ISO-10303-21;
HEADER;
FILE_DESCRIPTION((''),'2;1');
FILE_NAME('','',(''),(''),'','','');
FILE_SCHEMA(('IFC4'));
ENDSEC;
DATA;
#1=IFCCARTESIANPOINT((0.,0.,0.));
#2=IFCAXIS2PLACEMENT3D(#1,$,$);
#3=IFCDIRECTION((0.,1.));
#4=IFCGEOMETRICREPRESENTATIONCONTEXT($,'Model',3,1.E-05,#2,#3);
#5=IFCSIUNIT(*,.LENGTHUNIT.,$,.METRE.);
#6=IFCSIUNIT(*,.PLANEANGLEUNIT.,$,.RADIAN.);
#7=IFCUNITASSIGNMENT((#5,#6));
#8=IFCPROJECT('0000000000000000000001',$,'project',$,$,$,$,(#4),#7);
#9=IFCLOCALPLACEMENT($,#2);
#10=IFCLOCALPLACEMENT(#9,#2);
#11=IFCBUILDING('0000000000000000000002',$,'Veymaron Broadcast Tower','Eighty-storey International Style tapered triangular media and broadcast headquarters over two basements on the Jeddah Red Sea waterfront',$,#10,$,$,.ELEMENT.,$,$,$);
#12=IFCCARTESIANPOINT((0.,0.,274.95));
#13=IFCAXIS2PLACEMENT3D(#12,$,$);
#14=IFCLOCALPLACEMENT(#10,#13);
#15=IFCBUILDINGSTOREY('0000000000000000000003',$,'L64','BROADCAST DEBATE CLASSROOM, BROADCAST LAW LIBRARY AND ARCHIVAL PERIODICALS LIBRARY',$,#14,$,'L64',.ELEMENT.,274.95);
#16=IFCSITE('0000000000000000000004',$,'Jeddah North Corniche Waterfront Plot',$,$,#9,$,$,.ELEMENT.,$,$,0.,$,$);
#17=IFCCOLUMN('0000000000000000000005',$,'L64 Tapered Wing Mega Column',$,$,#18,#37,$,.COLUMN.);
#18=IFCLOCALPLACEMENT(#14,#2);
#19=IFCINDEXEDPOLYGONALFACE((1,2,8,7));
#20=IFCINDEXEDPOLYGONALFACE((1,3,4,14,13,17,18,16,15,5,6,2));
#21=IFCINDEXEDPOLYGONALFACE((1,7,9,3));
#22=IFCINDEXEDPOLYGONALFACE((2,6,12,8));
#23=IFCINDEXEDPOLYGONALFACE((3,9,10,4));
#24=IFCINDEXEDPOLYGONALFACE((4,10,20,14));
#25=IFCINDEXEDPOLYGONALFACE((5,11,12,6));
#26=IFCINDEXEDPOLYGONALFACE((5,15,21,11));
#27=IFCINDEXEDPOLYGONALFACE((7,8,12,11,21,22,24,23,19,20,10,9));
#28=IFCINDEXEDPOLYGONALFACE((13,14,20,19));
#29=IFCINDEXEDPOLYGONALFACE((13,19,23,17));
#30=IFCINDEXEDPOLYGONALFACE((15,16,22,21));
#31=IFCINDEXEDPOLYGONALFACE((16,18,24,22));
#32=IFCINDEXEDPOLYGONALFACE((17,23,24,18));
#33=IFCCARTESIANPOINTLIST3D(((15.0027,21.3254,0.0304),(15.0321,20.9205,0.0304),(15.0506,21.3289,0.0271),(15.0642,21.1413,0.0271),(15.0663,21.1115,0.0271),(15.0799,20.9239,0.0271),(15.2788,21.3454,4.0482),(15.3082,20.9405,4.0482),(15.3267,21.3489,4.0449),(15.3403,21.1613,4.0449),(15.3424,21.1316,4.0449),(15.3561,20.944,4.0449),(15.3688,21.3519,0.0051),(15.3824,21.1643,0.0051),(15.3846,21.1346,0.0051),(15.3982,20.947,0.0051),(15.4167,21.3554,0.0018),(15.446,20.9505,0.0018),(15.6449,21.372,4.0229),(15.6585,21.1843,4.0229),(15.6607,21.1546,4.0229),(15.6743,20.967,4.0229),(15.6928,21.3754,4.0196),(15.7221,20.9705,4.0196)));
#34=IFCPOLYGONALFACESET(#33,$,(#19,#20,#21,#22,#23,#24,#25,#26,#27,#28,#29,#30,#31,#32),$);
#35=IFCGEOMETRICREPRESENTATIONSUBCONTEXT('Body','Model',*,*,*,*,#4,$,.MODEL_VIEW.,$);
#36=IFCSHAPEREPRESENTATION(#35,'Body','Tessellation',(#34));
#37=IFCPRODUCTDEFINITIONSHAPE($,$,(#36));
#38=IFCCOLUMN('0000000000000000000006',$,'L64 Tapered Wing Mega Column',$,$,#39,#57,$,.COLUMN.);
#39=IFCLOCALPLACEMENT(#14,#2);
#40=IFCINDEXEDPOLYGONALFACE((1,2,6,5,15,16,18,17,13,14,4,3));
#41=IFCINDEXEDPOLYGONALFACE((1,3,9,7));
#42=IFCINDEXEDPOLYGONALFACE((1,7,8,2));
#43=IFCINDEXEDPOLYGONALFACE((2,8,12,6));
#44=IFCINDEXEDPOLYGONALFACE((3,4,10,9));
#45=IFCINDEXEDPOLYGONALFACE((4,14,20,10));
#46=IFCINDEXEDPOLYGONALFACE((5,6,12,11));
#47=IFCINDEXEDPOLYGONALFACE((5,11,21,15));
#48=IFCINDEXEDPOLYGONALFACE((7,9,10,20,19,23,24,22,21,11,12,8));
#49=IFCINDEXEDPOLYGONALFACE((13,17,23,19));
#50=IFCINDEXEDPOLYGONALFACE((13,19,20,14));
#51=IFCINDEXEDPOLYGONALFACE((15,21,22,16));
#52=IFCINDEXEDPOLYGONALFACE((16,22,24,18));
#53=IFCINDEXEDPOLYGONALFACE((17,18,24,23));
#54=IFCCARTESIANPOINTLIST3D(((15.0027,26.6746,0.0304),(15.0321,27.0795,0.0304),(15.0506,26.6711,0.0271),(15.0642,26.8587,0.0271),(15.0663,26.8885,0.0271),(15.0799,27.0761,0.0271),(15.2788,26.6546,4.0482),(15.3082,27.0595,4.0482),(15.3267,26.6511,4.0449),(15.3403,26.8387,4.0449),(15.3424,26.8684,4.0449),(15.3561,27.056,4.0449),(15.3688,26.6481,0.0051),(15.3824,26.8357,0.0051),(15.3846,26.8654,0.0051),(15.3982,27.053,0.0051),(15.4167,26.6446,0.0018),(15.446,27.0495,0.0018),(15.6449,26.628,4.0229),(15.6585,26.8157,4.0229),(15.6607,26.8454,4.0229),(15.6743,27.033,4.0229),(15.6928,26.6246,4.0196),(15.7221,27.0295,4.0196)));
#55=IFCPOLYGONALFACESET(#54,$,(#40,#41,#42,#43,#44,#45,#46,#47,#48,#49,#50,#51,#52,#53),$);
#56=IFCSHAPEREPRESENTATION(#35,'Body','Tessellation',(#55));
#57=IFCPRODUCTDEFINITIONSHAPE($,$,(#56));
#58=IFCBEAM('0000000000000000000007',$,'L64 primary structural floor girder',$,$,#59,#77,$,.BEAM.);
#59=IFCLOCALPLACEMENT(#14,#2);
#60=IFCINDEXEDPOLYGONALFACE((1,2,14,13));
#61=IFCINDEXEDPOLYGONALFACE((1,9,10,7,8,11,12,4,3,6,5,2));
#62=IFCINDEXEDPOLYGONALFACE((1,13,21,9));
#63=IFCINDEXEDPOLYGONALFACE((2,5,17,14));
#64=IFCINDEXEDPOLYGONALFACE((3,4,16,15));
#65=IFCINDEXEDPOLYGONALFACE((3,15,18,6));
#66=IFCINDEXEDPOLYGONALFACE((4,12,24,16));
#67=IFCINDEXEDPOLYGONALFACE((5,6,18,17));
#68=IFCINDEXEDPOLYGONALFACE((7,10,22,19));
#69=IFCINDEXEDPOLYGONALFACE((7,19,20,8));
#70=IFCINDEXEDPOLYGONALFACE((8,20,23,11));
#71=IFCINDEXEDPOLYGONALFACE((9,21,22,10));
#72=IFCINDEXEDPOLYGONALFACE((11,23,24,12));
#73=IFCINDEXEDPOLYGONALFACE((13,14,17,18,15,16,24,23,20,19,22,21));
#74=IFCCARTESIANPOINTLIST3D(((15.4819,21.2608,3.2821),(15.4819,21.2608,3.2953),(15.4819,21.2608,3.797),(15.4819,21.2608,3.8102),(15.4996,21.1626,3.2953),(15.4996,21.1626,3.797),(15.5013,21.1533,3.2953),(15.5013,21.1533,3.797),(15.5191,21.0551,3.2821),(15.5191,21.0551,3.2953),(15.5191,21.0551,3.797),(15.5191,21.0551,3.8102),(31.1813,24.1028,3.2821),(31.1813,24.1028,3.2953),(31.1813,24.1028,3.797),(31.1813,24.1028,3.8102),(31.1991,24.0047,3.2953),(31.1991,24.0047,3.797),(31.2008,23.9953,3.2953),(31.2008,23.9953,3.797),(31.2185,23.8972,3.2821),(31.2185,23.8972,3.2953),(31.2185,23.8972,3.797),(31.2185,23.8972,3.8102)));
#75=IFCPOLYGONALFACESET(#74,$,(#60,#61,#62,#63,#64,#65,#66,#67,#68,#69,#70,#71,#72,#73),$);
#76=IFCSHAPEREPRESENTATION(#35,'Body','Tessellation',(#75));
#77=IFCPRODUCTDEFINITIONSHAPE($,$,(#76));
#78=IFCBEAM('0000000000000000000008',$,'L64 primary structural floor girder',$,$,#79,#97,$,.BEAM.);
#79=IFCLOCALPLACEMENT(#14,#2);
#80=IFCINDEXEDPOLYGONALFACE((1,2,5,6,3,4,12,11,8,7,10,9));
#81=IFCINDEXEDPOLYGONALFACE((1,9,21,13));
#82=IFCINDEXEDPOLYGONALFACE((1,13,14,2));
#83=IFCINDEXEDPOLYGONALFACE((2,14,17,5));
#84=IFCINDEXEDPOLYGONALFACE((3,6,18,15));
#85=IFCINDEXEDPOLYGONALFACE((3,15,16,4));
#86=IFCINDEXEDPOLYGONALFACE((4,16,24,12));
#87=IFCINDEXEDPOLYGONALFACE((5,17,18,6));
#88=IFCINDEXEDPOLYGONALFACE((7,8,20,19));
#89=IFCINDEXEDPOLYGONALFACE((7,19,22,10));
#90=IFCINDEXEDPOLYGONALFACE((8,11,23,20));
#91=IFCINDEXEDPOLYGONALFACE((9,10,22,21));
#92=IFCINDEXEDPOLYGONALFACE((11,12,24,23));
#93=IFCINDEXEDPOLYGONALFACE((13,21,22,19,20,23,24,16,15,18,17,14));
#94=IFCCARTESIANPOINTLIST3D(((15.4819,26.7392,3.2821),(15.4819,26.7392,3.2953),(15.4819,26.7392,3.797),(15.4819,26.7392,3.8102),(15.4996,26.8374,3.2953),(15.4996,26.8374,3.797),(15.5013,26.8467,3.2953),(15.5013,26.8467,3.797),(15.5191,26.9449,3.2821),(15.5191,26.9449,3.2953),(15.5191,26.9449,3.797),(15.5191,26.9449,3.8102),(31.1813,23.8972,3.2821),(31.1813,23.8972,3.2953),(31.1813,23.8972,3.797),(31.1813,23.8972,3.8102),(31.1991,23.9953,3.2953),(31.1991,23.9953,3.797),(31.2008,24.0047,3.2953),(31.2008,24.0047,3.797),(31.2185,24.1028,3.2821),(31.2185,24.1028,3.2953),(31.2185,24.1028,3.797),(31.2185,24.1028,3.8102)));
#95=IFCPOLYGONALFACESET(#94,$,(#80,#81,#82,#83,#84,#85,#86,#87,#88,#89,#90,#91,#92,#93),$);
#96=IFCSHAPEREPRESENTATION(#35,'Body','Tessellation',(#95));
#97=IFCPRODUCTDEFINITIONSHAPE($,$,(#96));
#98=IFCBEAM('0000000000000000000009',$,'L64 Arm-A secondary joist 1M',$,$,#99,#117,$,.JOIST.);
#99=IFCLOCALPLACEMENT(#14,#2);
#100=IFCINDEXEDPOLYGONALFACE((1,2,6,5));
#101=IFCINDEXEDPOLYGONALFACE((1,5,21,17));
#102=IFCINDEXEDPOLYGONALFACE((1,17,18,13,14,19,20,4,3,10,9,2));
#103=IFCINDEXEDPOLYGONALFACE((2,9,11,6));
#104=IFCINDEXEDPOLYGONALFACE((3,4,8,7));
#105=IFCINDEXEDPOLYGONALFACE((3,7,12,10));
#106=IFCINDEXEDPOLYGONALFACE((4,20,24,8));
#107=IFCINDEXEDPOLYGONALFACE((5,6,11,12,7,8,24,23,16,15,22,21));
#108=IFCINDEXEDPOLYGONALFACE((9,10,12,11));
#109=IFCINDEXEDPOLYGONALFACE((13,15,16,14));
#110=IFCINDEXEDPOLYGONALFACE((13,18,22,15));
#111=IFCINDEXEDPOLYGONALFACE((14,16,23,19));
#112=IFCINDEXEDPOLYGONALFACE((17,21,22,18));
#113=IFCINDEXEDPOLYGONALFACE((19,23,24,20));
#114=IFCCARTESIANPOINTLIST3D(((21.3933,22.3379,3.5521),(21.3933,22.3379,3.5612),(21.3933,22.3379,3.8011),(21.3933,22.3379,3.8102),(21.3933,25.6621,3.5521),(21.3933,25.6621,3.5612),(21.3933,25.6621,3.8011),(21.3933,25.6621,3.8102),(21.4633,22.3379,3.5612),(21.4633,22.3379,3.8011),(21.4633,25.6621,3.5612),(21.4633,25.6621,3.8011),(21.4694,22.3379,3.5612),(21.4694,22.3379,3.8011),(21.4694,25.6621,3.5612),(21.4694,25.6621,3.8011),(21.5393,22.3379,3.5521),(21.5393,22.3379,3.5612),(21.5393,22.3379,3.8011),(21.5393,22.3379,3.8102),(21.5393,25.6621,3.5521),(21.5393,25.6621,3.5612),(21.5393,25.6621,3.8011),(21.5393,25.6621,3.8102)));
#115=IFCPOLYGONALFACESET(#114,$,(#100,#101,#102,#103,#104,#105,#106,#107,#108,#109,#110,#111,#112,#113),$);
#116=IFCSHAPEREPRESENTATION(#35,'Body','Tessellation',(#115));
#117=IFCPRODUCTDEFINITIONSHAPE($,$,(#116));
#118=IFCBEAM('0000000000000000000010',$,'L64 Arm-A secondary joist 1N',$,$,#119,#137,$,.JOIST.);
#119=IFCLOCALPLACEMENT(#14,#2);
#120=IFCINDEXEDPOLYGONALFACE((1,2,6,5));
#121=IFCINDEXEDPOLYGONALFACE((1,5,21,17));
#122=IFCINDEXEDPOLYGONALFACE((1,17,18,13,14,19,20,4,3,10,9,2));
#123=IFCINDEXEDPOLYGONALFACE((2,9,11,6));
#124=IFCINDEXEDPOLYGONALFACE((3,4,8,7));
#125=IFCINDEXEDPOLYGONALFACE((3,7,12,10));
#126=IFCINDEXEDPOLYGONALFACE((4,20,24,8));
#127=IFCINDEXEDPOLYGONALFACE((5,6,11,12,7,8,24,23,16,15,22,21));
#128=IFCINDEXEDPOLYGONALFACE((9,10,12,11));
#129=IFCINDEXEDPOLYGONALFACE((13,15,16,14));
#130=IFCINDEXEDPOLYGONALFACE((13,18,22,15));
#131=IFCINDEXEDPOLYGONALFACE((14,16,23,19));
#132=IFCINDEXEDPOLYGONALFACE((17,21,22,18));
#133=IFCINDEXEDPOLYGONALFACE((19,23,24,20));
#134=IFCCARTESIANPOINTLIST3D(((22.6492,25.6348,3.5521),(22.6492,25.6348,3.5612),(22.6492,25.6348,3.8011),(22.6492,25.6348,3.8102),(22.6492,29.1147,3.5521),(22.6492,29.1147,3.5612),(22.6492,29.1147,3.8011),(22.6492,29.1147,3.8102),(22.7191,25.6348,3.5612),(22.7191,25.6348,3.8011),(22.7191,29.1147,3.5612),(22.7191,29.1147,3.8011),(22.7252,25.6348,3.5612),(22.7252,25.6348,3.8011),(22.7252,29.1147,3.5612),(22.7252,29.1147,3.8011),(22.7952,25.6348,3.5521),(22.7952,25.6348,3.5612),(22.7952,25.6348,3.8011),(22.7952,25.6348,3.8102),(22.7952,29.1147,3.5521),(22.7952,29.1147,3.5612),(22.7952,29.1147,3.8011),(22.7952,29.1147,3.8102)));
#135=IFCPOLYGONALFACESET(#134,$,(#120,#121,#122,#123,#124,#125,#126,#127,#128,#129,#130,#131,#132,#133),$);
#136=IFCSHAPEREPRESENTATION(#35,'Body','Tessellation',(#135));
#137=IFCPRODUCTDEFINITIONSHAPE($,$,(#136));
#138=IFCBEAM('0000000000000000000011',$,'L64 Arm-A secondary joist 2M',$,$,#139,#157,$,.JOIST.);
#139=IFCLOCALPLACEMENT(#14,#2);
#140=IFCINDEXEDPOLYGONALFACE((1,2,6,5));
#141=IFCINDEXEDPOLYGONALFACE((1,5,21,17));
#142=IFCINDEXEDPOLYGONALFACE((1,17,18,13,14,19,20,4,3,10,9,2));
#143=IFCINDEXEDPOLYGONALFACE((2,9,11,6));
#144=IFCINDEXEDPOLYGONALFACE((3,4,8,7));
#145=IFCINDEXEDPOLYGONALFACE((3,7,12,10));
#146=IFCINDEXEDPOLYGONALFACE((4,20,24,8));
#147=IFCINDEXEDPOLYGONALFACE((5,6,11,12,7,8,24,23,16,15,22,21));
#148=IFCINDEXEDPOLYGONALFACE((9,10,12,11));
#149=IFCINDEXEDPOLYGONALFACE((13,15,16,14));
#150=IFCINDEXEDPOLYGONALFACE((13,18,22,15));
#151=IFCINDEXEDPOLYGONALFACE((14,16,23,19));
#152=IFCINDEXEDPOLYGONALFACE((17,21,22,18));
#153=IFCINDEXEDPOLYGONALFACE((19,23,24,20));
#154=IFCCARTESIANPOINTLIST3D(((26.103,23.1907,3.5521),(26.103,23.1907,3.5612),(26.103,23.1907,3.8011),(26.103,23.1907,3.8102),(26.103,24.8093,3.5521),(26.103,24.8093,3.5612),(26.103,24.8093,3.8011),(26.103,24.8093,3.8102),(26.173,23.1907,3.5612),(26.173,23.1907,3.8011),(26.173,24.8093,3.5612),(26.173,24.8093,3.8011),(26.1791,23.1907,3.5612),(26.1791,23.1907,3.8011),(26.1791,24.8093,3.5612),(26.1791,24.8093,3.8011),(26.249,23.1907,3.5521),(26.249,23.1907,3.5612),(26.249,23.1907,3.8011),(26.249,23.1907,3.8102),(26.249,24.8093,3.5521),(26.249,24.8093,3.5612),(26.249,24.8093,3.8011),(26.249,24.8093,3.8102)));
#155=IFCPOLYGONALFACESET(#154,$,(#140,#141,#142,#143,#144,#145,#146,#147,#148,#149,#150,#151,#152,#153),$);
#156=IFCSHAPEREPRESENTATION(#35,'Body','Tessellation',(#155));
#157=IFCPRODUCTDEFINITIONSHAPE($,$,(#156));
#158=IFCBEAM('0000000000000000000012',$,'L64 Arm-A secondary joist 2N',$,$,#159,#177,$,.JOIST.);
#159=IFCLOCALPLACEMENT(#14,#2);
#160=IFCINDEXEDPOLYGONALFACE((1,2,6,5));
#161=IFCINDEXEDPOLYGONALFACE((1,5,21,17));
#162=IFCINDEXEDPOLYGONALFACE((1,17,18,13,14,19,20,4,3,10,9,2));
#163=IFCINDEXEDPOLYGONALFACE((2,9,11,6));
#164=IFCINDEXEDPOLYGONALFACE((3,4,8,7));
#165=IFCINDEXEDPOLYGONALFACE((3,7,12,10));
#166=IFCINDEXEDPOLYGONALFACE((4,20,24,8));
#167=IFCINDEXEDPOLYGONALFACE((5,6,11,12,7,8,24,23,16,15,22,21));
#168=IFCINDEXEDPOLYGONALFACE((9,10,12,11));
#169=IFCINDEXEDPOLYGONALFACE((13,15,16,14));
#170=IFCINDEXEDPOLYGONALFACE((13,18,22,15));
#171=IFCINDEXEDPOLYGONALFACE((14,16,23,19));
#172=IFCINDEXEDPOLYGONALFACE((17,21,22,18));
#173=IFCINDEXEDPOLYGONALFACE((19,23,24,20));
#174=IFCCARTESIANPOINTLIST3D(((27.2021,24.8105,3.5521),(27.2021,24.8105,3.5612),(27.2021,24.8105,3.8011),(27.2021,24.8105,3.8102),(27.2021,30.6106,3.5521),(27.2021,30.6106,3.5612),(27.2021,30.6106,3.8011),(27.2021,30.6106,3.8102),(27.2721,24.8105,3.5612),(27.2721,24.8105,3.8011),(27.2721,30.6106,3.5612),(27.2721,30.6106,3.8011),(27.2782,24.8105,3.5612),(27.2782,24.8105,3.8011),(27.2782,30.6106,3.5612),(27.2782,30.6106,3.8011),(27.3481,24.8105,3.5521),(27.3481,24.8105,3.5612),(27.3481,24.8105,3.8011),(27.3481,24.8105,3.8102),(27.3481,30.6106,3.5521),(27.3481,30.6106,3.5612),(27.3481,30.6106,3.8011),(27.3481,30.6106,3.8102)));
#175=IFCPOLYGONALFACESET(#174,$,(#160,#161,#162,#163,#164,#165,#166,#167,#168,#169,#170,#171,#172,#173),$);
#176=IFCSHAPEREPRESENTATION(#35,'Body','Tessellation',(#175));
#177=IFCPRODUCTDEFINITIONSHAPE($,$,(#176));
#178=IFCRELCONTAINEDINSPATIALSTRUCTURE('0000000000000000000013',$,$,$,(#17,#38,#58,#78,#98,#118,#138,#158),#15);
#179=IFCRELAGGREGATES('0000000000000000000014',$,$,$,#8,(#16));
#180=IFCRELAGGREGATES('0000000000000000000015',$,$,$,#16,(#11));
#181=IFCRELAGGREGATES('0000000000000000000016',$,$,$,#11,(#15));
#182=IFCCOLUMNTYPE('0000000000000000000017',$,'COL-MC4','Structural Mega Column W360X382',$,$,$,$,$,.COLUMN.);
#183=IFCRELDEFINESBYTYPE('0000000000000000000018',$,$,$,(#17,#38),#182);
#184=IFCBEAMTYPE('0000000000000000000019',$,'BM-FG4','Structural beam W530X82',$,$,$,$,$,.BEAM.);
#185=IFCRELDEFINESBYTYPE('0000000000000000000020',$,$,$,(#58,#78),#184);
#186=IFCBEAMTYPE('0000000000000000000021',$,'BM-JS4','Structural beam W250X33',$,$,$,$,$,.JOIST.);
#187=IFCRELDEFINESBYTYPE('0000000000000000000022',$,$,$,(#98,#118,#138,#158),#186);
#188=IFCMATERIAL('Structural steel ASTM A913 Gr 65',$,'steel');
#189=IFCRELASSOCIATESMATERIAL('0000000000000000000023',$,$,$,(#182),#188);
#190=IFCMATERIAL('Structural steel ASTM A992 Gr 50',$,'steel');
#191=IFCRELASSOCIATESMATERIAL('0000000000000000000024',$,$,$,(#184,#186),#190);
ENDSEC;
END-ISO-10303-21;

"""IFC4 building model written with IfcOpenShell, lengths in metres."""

from ifc_helpers import new_model, si_unit, direction, frame, origin, origin_2d, place, context, subcontext, project, spatial, i_section, extrude, material, material_profile, profile_set, type_object, element, save


model = new_model("IFC4")

# Units and contexts
model_context = context("Model", 3, precision=1e-05, world=origin(), true_north=direction((0.0, 1.0)))
body_context = subcontext(model_context, "Body", "Model", "MODEL_VIEW")
ifc_project = project(units=[si_unit("LENGTHUNIT", "METRE"), si_unit("PLANEANGLEUNIT", "RADIAN")], contexts=[model_context])

# Site, building, storey
site_placement = place(None, origin())
site = spatial("IfcSite", under=ifc_project, at=site_placement, Name="Jeddah North Corniche Waterfront Plot", CompositionType="ELEMENT", RefElevation=0.0)
building_placement = place(site_placement, origin())
building = spatial("IfcBuilding", under=site, at=building_placement, Name="Veymaron Broadcast Tower", Description="Eighty-storey International Style tapered triangular media and broadcast headquarters over two basements on the Jeddah Red Sea waterfront", CompositionType="ELEMENT")
storey_placement = place(building_placement, frame((0.0, 0.0, 274.95)))
storey = spatial("IfcBuildingStorey", under=building, at=storey_placement, Name="L64", Description="BROADCAST DEBATE CLASSROOM, BROADCAST LAW LIBRARY AND ARCHIVAL PERIODICALS LIBRARY", LongName="L64", CompositionType="ELEMENT", Elevation=274.95)

# Columns
ifc_material_1 = material(Name="Structural steel ASTM A913 Gr 65", Category="steel")
ifc_material_profile_1 = material_profile(ifc_material_1, i_section(OverallWidth=0.406, OverallDepth=0.416, WebThickness=0.0298, FlangeThickness=0.0481, at=origin_2d()), Name="W360X382")
ifc_profile_set_1 = profile_set([ifc_material_profile_1], Name="Structural steel ASTM A913 Gr 65")
column_type = type_object("IfcColumnType", Name="COL-MC4", Description="Structural Mega Column W360X382", PredefinedType="COLUMN", material=ifc_profile_set_1)
for number, where, z_axis, x_axis, name in (
    (1, (15.2244, 21.1379, 0.0161), (0.068562, 0.004971, 0.997634), (-0.072312, 0.997382, 0.0), "L64 Tapered Wing Mega Column"),
    (2, (15.2244, 26.8621, 0.0161), (0.068562, -0.004971, 0.997634), (0.072312, 0.997382, 0.0), "L64 Tapered Wing Mega Column"),
):
    element("IfcColumn", number, at=place(storey_placement, frame(where, z_axis=z_axis, x_axis=x_axis)), inside=storey, type_object=column_type, Name=name, PredefinedType="COLUMN", context=body_context, shape_type="SweptSolid", body=[
        extrude(i_section(OverallWidth=0.406, OverallDepth=0.416, WebThickness=0.0298, FlangeThickness=0.0481, at=origin_2d()), origin(), (0.0, 0.0, 1.0), 4.0273),
    ])

# Beams
ifc_material_2 = material(Name="Structural steel ASTM A992 Gr 50", Category="steel")
ifc_material_profile_2 = material_profile(ifc_material_2, i_section(OverallWidth=0.209, OverallDepth=0.5281, WebThickness=0.0095, FlangeThickness=0.0132, at=origin_2d()), Name="W530X82")
ifc_profile_set_2 = profile_set([ifc_material_profile_2], Name="Structural steel ASTM A992 Gr 50")
beam_type_1 = type_object("IfcBeamType", Name="BM-FG4", Description="Structural beam W530X82", PredefinedType="BEAM", material=ifc_profile_set_2)
for number, where, z_axis, x_axis, name in (
    (3, (15.5005, 21.158, 3.5461), (0.984006, 0.178133, 0.0), (-0.178133, 0.984006, 0.0), "L64 primary structural floor girder"),
    (4, (15.5005, 26.842, 3.5461), (0.984006, -0.178133, 0.0), (0.178133, 0.984006, 0.0), "L64 primary structural floor girder"),
):
    element("IfcBeam", number, at=place(storey_placement, frame(where, z_axis=z_axis, x_axis=x_axis)), inside=storey, type_object=beam_type_1, Name=name, PredefinedType="BEAM", context=body_context, shape_type="SweptSolid", body=[
        extrude(i_section(OverallWidth=0.209, OverallDepth=0.5281, WebThickness=0.0095, FlangeThickness=0.0132, at=origin_2d()), origin(), (0.0, 0.0, 1.0), 15.9546),
    ])
ifc_material_profile_3 = material_profile(ifc_material_2, i_section(OverallWidth=0.146, OverallDepth=0.2581, WebThickness=0.0061, FlangeThickness=0.009, at=origin_2d()), Name="W250X33")
ifc_profile_set_3 = profile_set([ifc_material_profile_3], Name="Structural steel ASTM A992 Gr 50")
beam_type_2 = type_object("IfcBeamType", Name="BM-JS4", Description="Structural beam W250X33", PredefinedType="JOIST", material=ifc_profile_set_3)
beam_1_placement = place(storey_placement, frame((21.4663, 22.3379, 3.6812), z_axis=(0.0, 1.0, 0.0), x_axis=(-1.0, 0.0, 0.0)))
element("IfcBeam", 5, at=beam_1_placement, inside=storey, type_object=beam_type_2, Name="L64 Arm-A secondary joist 1M", PredefinedType="JOIST", context=body_context, shape_type="SweptSolid", body=[
    extrude(i_section(OverallWidth=0.146, OverallDepth=0.2581, WebThickness=0.0061, FlangeThickness=0.009, at=origin_2d()), origin(), (0.0, 0.0, 1.0), 3.3242),
])
beam_2_placement = place(storey_placement, frame((22.7222, 25.6348, 3.6812), z_axis=(0.0, 1.0, 0.0), x_axis=(-1.0, 0.0, 0.0)))
element("IfcBeam", 6, at=beam_2_placement, inside=storey, type_object=beam_type_2, Name="L64 Arm-A secondary joist 1N", PredefinedType="JOIST", context=body_context, shape_type="SweptSolid", body=[
    extrude(i_section(OverallWidth=0.146, OverallDepth=0.2581, WebThickness=0.0061, FlangeThickness=0.009, at=origin_2d()), origin(), (0.0, 0.0, 1.0), 3.48),
])
beam_3_placement = place(storey_placement, frame((26.176, 23.1907, 3.6812), z_axis=(0.0, 1.0, 0.0), x_axis=(-1.0, 0.0, 0.0)))
element("IfcBeam", 7, at=beam_3_placement, inside=storey, type_object=beam_type_2, Name="L64 Arm-A secondary joist 2M", PredefinedType="JOIST", context=body_context, shape_type="SweptSolid", body=[
    extrude(i_section(OverallWidth=0.146, OverallDepth=0.2581, WebThickness=0.0061, FlangeThickness=0.009, at=origin_2d()), origin(), (0.0, 0.0, 1.0), 1.6187),
])
beam_4_placement = place(storey_placement, frame((27.2751, 24.8105, 3.6812), z_axis=(0.0, 1.0, 0.0), x_axis=(-1.0, 0.0, 0.0)))
element("IfcBeam", 8, at=beam_4_placement, inside=storey, type_object=beam_type_2, Name="L64 Arm-A secondary joist 2N", PredefinedType="JOIST", context=body_context, shape_type="SweptSolid", body=[
    extrude(i_section(OverallWidth=0.146, OverallDepth=0.2581, WebThickness=0.0061, FlangeThickness=0.009, at=origin_2d()), origin(), (0.0, 0.0, 1.0), 5.8),
])

save(model, "model.ifc")
